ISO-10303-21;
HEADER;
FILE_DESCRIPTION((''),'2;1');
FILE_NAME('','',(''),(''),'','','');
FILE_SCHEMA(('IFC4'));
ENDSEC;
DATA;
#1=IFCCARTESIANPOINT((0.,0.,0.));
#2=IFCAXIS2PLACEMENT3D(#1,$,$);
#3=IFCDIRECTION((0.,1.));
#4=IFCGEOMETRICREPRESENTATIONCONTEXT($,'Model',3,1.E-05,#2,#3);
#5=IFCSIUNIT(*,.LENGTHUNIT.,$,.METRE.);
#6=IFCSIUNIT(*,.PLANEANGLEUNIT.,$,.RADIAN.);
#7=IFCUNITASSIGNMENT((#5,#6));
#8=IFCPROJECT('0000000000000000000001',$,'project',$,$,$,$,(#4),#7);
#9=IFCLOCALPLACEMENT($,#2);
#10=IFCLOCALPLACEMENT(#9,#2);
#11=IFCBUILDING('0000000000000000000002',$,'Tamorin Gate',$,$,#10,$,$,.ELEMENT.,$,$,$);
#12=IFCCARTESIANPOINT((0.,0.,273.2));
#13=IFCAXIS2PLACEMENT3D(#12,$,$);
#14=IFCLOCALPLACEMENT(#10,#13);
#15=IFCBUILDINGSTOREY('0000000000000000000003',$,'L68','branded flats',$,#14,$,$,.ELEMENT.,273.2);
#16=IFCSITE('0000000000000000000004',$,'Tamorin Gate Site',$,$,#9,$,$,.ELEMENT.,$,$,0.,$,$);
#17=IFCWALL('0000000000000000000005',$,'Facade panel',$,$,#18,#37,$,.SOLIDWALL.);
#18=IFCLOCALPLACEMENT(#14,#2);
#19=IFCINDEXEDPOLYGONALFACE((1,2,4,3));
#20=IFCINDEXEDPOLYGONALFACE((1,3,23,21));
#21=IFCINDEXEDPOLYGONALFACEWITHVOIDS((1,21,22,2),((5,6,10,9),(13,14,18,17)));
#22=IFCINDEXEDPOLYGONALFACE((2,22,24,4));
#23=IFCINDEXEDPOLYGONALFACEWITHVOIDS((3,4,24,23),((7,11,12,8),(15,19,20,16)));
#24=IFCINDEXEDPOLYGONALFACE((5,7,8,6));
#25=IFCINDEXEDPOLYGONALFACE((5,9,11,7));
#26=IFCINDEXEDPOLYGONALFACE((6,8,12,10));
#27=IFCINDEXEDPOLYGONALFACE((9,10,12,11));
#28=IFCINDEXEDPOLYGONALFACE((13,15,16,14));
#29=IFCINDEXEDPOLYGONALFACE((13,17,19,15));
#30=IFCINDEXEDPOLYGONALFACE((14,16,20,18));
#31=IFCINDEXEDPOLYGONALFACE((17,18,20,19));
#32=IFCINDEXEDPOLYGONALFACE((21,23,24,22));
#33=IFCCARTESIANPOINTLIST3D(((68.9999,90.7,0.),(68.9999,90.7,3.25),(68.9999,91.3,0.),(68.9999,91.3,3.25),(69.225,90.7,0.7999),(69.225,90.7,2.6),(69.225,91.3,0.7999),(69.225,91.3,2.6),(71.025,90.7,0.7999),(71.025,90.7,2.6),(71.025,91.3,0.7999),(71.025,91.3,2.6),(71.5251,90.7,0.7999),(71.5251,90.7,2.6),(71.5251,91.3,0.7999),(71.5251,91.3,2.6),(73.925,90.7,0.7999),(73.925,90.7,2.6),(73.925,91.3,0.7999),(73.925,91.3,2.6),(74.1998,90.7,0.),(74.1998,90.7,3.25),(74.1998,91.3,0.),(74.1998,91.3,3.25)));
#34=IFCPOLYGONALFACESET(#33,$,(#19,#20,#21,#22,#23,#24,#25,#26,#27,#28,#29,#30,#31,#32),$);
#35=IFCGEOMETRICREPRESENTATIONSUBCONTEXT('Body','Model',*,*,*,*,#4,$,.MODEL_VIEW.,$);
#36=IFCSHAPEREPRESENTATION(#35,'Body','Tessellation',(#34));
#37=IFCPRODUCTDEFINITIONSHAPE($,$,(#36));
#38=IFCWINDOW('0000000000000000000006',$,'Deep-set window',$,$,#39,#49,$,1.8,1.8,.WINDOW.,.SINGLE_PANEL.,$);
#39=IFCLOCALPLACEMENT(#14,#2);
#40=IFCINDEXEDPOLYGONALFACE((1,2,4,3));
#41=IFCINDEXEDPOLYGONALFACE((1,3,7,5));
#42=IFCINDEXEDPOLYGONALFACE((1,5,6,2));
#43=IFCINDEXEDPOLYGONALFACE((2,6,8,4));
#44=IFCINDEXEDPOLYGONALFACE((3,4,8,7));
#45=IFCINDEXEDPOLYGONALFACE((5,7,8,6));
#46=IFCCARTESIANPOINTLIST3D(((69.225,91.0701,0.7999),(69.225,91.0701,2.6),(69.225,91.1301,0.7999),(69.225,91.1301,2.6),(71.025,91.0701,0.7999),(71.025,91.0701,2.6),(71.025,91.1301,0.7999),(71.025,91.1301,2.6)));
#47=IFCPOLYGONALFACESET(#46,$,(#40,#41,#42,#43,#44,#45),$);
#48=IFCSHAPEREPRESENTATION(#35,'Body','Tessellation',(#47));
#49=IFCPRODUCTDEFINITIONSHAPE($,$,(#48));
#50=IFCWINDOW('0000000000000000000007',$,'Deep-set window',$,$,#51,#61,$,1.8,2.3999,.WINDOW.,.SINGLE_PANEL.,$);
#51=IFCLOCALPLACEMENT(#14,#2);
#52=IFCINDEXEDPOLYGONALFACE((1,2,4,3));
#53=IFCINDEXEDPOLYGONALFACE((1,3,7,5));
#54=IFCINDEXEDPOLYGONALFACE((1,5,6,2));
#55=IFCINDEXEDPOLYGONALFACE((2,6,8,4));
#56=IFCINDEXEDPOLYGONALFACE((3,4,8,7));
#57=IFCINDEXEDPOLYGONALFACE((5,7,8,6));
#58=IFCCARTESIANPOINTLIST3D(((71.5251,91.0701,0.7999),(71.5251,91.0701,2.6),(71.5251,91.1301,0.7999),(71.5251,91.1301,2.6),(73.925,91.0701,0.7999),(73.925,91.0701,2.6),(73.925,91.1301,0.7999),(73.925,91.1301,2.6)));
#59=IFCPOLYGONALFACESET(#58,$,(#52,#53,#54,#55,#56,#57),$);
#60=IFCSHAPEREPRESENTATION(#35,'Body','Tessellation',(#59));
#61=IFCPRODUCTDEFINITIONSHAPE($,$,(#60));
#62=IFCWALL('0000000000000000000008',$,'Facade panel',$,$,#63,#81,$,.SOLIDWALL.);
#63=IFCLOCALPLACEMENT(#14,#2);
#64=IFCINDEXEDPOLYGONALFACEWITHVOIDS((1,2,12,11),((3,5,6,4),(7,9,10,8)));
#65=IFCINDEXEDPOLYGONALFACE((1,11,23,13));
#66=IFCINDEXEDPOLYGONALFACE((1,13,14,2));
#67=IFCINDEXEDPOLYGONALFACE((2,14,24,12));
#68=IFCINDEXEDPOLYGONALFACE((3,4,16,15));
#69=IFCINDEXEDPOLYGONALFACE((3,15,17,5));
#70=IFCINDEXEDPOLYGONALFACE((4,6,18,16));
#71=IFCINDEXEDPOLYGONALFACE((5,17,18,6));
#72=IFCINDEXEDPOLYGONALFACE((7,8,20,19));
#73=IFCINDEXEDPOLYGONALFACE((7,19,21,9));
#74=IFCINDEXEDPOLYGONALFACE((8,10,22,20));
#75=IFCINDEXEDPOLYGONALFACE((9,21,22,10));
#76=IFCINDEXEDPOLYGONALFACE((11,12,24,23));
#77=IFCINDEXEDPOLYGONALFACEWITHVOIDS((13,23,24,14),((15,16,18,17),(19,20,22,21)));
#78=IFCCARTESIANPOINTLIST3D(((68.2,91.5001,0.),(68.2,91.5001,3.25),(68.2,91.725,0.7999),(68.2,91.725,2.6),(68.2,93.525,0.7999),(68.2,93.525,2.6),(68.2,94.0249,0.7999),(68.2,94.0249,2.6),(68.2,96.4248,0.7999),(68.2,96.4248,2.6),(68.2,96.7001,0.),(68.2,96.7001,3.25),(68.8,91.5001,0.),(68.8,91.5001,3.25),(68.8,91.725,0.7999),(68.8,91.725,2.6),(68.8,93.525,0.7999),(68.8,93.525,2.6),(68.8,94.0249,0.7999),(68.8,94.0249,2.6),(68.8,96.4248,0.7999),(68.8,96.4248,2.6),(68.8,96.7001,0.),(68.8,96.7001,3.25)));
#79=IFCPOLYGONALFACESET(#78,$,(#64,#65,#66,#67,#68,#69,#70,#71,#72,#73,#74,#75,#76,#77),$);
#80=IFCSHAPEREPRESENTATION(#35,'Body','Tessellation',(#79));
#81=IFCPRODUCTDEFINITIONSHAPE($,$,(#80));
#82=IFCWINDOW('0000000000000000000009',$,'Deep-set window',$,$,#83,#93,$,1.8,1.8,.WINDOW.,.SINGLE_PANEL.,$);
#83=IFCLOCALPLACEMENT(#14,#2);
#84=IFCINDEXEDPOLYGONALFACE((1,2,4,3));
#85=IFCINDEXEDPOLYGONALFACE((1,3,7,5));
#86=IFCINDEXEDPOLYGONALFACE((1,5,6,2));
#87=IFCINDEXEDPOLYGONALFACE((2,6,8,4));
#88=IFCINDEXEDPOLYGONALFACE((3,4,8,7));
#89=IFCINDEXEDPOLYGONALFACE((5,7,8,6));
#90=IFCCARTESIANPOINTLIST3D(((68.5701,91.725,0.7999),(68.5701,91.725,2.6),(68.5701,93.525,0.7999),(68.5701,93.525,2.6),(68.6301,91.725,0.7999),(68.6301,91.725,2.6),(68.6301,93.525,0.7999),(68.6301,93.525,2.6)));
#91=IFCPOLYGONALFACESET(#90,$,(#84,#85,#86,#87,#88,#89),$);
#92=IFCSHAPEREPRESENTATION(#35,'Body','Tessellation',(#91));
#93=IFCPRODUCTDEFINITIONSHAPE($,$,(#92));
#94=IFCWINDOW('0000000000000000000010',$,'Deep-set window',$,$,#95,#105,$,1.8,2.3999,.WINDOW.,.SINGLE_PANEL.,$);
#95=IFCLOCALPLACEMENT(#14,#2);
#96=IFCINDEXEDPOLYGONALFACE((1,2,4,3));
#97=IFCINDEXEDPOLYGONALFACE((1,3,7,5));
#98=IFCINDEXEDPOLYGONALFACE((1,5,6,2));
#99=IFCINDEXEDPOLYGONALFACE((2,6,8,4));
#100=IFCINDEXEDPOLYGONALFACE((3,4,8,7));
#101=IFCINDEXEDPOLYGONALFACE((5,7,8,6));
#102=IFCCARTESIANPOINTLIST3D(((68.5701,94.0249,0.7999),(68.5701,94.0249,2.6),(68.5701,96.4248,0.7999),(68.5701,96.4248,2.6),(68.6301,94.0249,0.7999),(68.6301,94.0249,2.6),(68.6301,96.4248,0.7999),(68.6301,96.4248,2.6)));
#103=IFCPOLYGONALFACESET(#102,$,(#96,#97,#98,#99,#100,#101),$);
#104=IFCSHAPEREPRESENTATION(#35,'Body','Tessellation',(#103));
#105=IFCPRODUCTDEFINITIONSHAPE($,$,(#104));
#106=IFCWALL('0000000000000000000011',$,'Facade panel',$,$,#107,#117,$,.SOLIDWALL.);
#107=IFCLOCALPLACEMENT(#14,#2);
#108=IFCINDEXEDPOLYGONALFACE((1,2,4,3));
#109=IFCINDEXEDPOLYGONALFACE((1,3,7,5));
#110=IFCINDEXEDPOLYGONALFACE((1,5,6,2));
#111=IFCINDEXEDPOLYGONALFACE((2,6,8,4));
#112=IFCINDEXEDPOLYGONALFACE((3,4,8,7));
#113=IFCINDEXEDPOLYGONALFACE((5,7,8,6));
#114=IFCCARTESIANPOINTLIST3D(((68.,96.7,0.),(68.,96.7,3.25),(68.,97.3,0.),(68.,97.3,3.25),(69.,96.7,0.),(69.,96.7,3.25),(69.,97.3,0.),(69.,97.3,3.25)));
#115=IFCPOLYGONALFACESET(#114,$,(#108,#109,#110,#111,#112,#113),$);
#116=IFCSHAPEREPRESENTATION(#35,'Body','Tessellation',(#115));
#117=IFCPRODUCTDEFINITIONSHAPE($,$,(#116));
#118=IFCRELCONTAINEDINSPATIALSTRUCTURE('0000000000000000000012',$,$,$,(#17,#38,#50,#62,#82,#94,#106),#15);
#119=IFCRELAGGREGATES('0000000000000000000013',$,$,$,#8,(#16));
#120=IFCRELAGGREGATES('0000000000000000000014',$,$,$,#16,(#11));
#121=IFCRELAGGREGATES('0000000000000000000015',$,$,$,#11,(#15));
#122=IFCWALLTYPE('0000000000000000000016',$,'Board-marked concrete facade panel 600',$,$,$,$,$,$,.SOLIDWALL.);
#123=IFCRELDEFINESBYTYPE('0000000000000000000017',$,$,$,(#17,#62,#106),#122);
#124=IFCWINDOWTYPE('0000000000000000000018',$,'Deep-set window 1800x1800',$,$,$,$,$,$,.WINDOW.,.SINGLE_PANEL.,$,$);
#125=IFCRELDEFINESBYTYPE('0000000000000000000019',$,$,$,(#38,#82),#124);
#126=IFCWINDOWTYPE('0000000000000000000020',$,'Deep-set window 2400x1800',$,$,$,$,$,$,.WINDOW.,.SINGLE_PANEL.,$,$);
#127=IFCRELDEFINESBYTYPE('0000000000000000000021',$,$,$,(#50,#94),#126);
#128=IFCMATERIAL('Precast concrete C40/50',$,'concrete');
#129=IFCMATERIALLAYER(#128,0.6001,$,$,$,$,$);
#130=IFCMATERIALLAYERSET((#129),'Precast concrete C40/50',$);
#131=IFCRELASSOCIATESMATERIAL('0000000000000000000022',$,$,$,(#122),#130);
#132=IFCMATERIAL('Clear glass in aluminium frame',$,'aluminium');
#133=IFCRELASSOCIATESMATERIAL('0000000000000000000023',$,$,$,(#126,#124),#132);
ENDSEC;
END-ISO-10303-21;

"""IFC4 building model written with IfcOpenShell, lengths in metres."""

from ifc_helpers import new_model, si_unit, direction, frame, frame_2d, origin, place, context, subcontext, project, spatial, rectangle, extrude, material, layer, layer_set, type_object, element, fill, save


model = new_model("IFC4")

# Units and contexts
model_context = context("Model", 3, precision=1e-05, world=origin(), true_north=direction((0.0, 1.0)))
body_context = subcontext(model_context, "Body", "Model", "MODEL_VIEW")
ifc_project = project(units=[si_unit("LENGTHUNIT", "METRE"), si_unit("PLANEANGLEUNIT", "RADIAN")], contexts=[model_context])

# Site, building, storey
site_placement = place(None, origin())
site = spatial("IfcSite", under=ifc_project, at=site_placement, Name="Tamorin Gate Site", CompositionType="ELEMENT", RefElevation=0.0)
building_placement = place(site_placement, origin())
building = spatial("IfcBuilding", under=site, at=building_placement, Name="Tamorin Gate", CompositionType="ELEMENT")
storey_placement = place(building_placement, frame((0.0, 0.0, 273.2)))
storey = spatial("IfcBuildingStorey", under=building, at=storey_placement, Name="L68", Description="branded flats", CompositionType="ELEMENT", Elevation=273.2)

# Shared definitions
ifc_material_1 = material(Name="Precast concrete C40/50", Category="concrete")
ifc_layer = layer(ifc_material_1, 0.6001)
ifc_layer_set = layer_set([ifc_layer], Name="Precast concrete C40/50")
wall_type = type_object("IfcWallType", Name="Board-marked concrete facade panel 600", PredefinedType="SOLIDWALL", material=ifc_layer_set)
ifc_material_2 = material(Name="Clear glass in aluminium frame", Category="aluminium")
window_type_1 = type_object("IfcWindowType", Name="Deep-set window 2400x1800", PartitioningType="SINGLE_PANEL", PredefinedType="WINDOW", material=ifc_material_2)

# Walls, openings, windows
wall_1_placement = place(storey_placement, frame((74.2, 91.0, 0.0), z_axis=(0.0, 0.0, 1.0), x_axis=(-1.0, 0.0, 0.0)))
wall_1 = element("IfcWall", 1, at=wall_1_placement, inside=storey, type_object=wall_type, Name="Facade panel", PredefinedType="SOLIDWALL", context=body_context, shape_type="SweptSolid", body=[
    extrude(rectangle(XDim=5.2, YDim=0.6001, at=frame_2d((2.6001, 0.0))), origin(), (0.0, 0.0, 1.0), 3.25),
])
opening_1_placement = place(wall_1_placement, frame((3.175, 0.0, 0.8)))
opening_1 = element("IfcOpeningElement", 2, at=opening_1_placement, cuts=wall_1, PredefinedType="OPENING", context=body_context, shape_type="SweptSolid", body=[
    extrude(rectangle(XDim=1.8, YDim=1.8, at=frame_2d((0.8999, 0.8999))), frame((0.0, 0.3101, 0.0), z_axis=(0.0, -1.0, 0.0), x_axis=(1.0, 0.0, 0.0)), (0.0, 0.0, 1.0), 0.6201),
])
opening_2_placement = place(wall_1_placement, frame((0.2749, 0.0, 0.8)))
opening_2 = element("IfcOpeningElement", 3, at=opening_2_placement, cuts=wall_1, PredefinedType="OPENING", context=body_context, shape_type="SweptSolid", body=[
    extrude(rectangle(XDim=2.3999, YDim=1.8, at=frame_2d((1.2, 0.8999))), frame((0.0, 0.3101, 0.0), z_axis=(0.0, -1.0, 0.0), x_axis=(1.0, 0.0, 0.0)), (0.0, 0.0, 1.0), 0.6201),
])
window_type_2 = type_object("IfcWindowType", Name="Deep-set window 1800x1800", PartitioningType="SINGLE_PANEL", PredefinedType="WINDOW", material=ifc_material_2)
window_1_placement = place(opening_1_placement, origin())
window_1 = element("IfcWindow", 4, at=window_1_placement, inside=storey, type_object=window_type_2, Name="Deep-set window", OverallHeight=1.8, OverallWidth=1.8, PartitioningType="SINGLE_PANEL", PredefinedType="WINDOW", context=body_context, shape_type="SweptSolid", body=[
    extrude(rectangle(XDim=1.8, YDim=1.8, at=frame_2d((0.8999, 0.8999))), frame((0.0, -0.0701, 0.0), z_axis=(0.0, -1.0, 0.0), x_axis=(1.0, 0.0, 0.0)), (0.0, 0.0, 1.0), 0.0601),
])
fill(opening_1, window_1)
window_2_placement = place(opening_2_placement, origin())
window_2 = element("IfcWindow", 5, at=window_2_placement, inside=storey, type_object=window_type_1, Name="Deep-set window", OverallHeight=1.8, OverallWidth=2.3999, PartitioningType="SINGLE_PANEL", PredefinedType="WINDOW", context=body_context, shape_type="SweptSolid", body=[
    extrude(rectangle(XDim=2.3999, YDim=1.8, at=frame_2d((1.2, 0.8999))), frame((0.0, -0.0701, 0.0), z_axis=(0.0, -1.0, 0.0), x_axis=(1.0, 0.0, 0.0)), (0.0, 0.0, 1.0), 0.0601),
])
fill(opening_2, window_2)
wall_2_placement = place(storey_placement, frame((68.5, 91.5, 0.0), z_axis=(0.0, 0.0, 1.0), x_axis=(0.0, 1.0, 0.0)))
wall_2 = element("IfcWall", 6, at=wall_2_placement, inside=storey, type_object=wall_type, Name="Facade panel", PredefinedType="SOLIDWALL", context=body_context, shape_type="SweptSolid", body=[
    extrude(rectangle(XDim=5.2, YDim=0.6001, at=frame_2d((2.6001, 0.0))), origin(), (0.0, 0.0, 1.0), 3.25),
])
opening_3_placement = place(wall_2_placement, frame((0.2251, 0.0, 0.8)))
opening_3 = element("IfcOpeningElement", 7, at=opening_3_placement, cuts=wall_2, PredefinedType="OPENING", context=body_context, shape_type="SweptSolid", body=[
    extrude(rectangle(XDim=1.8, YDim=1.8, at=frame_2d((0.8999, 0.8999))), frame((0.0, 0.3101, 0.0), z_axis=(0.0, -1.0, 0.0), x_axis=(1.0, 0.0, 0.0)), (0.0, 0.0, 1.0), 0.6201),
])
opening_4_placement = place(wall_2_placement, frame((2.5249, 0.0, 0.8)))
opening_4 = element("IfcOpeningElement", 8, at=opening_4_placement, cuts=wall_2, PredefinedType="OPENING", context=body_context, shape_type="SweptSolid", body=[
    extrude(rectangle(XDim=2.3999, YDim=1.8, at=frame_2d((1.2, 0.8999))), frame((0.0, 0.3101, 0.0), z_axis=(0.0, -1.0, 0.0), x_axis=(1.0, 0.0, 0.0)), (0.0, 0.0, 1.0), 0.6201),
])
window_3_placement = place(opening_3_placement, origin())
window_3 = element("IfcWindow", 9, at=window_3_placement, inside=storey, type_object=window_type_2, Name="Deep-set window", OverallHeight=1.8, OverallWidth=1.8, PartitioningType="SINGLE_PANEL", PredefinedType="WINDOW", context=body_context, shape_type="SweptSolid", body=[
    extrude(rectangle(XDim=1.8, YDim=1.8, at=frame_2d((0.8999, 0.8999))), frame((0.0, -0.0701, 0.0), z_axis=(0.0, -1.0, 0.0), x_axis=(1.0, 0.0, 0.0)), (0.0, 0.0, 1.0), 0.0601),
])
fill(opening_3, window_3)
window_4_placement = place(opening_4_placement, origin())
window_4 = element("IfcWindow", 10, at=window_4_placement, inside=storey, type_object=window_type_1, Name="Deep-set window", OverallHeight=1.8, OverallWidth=2.3999, PartitioningType="SINGLE_PANEL", PredefinedType="WINDOW", context=body_context, shape_type="SweptSolid", body=[
    extrude(rectangle(XDim=2.3999, YDim=1.8, at=frame_2d((1.2, 0.8999))), frame((0.0, -0.0701, 0.0), z_axis=(0.0, -1.0, 0.0), x_axis=(1.0, 0.0, 0.0)), (0.0, 0.0, 1.0), 0.0601),
])
fill(opening_4, window_4)

# Wall
wall_3_placement = place(storey_placement, frame((69.0, 97.0, 0.0), z_axis=(0.0, 0.0, 1.0), x_axis=(-1.0, 0.0, 0.0)))
element("IfcWall", 11, at=wall_3_placement, inside=storey, type_object=wall_type, Name="Facade panel", PredefinedType="SOLIDWALL", context=body_context, shape_type="SweptSolid", body=[
    extrude(rectangle(XDim=1.0, YDim=0.6001, at=frame_2d((0.5, 0.0))), origin(), (0.0, 0.0, 1.0), 3.25),
])

save(model, "model.ifc")
